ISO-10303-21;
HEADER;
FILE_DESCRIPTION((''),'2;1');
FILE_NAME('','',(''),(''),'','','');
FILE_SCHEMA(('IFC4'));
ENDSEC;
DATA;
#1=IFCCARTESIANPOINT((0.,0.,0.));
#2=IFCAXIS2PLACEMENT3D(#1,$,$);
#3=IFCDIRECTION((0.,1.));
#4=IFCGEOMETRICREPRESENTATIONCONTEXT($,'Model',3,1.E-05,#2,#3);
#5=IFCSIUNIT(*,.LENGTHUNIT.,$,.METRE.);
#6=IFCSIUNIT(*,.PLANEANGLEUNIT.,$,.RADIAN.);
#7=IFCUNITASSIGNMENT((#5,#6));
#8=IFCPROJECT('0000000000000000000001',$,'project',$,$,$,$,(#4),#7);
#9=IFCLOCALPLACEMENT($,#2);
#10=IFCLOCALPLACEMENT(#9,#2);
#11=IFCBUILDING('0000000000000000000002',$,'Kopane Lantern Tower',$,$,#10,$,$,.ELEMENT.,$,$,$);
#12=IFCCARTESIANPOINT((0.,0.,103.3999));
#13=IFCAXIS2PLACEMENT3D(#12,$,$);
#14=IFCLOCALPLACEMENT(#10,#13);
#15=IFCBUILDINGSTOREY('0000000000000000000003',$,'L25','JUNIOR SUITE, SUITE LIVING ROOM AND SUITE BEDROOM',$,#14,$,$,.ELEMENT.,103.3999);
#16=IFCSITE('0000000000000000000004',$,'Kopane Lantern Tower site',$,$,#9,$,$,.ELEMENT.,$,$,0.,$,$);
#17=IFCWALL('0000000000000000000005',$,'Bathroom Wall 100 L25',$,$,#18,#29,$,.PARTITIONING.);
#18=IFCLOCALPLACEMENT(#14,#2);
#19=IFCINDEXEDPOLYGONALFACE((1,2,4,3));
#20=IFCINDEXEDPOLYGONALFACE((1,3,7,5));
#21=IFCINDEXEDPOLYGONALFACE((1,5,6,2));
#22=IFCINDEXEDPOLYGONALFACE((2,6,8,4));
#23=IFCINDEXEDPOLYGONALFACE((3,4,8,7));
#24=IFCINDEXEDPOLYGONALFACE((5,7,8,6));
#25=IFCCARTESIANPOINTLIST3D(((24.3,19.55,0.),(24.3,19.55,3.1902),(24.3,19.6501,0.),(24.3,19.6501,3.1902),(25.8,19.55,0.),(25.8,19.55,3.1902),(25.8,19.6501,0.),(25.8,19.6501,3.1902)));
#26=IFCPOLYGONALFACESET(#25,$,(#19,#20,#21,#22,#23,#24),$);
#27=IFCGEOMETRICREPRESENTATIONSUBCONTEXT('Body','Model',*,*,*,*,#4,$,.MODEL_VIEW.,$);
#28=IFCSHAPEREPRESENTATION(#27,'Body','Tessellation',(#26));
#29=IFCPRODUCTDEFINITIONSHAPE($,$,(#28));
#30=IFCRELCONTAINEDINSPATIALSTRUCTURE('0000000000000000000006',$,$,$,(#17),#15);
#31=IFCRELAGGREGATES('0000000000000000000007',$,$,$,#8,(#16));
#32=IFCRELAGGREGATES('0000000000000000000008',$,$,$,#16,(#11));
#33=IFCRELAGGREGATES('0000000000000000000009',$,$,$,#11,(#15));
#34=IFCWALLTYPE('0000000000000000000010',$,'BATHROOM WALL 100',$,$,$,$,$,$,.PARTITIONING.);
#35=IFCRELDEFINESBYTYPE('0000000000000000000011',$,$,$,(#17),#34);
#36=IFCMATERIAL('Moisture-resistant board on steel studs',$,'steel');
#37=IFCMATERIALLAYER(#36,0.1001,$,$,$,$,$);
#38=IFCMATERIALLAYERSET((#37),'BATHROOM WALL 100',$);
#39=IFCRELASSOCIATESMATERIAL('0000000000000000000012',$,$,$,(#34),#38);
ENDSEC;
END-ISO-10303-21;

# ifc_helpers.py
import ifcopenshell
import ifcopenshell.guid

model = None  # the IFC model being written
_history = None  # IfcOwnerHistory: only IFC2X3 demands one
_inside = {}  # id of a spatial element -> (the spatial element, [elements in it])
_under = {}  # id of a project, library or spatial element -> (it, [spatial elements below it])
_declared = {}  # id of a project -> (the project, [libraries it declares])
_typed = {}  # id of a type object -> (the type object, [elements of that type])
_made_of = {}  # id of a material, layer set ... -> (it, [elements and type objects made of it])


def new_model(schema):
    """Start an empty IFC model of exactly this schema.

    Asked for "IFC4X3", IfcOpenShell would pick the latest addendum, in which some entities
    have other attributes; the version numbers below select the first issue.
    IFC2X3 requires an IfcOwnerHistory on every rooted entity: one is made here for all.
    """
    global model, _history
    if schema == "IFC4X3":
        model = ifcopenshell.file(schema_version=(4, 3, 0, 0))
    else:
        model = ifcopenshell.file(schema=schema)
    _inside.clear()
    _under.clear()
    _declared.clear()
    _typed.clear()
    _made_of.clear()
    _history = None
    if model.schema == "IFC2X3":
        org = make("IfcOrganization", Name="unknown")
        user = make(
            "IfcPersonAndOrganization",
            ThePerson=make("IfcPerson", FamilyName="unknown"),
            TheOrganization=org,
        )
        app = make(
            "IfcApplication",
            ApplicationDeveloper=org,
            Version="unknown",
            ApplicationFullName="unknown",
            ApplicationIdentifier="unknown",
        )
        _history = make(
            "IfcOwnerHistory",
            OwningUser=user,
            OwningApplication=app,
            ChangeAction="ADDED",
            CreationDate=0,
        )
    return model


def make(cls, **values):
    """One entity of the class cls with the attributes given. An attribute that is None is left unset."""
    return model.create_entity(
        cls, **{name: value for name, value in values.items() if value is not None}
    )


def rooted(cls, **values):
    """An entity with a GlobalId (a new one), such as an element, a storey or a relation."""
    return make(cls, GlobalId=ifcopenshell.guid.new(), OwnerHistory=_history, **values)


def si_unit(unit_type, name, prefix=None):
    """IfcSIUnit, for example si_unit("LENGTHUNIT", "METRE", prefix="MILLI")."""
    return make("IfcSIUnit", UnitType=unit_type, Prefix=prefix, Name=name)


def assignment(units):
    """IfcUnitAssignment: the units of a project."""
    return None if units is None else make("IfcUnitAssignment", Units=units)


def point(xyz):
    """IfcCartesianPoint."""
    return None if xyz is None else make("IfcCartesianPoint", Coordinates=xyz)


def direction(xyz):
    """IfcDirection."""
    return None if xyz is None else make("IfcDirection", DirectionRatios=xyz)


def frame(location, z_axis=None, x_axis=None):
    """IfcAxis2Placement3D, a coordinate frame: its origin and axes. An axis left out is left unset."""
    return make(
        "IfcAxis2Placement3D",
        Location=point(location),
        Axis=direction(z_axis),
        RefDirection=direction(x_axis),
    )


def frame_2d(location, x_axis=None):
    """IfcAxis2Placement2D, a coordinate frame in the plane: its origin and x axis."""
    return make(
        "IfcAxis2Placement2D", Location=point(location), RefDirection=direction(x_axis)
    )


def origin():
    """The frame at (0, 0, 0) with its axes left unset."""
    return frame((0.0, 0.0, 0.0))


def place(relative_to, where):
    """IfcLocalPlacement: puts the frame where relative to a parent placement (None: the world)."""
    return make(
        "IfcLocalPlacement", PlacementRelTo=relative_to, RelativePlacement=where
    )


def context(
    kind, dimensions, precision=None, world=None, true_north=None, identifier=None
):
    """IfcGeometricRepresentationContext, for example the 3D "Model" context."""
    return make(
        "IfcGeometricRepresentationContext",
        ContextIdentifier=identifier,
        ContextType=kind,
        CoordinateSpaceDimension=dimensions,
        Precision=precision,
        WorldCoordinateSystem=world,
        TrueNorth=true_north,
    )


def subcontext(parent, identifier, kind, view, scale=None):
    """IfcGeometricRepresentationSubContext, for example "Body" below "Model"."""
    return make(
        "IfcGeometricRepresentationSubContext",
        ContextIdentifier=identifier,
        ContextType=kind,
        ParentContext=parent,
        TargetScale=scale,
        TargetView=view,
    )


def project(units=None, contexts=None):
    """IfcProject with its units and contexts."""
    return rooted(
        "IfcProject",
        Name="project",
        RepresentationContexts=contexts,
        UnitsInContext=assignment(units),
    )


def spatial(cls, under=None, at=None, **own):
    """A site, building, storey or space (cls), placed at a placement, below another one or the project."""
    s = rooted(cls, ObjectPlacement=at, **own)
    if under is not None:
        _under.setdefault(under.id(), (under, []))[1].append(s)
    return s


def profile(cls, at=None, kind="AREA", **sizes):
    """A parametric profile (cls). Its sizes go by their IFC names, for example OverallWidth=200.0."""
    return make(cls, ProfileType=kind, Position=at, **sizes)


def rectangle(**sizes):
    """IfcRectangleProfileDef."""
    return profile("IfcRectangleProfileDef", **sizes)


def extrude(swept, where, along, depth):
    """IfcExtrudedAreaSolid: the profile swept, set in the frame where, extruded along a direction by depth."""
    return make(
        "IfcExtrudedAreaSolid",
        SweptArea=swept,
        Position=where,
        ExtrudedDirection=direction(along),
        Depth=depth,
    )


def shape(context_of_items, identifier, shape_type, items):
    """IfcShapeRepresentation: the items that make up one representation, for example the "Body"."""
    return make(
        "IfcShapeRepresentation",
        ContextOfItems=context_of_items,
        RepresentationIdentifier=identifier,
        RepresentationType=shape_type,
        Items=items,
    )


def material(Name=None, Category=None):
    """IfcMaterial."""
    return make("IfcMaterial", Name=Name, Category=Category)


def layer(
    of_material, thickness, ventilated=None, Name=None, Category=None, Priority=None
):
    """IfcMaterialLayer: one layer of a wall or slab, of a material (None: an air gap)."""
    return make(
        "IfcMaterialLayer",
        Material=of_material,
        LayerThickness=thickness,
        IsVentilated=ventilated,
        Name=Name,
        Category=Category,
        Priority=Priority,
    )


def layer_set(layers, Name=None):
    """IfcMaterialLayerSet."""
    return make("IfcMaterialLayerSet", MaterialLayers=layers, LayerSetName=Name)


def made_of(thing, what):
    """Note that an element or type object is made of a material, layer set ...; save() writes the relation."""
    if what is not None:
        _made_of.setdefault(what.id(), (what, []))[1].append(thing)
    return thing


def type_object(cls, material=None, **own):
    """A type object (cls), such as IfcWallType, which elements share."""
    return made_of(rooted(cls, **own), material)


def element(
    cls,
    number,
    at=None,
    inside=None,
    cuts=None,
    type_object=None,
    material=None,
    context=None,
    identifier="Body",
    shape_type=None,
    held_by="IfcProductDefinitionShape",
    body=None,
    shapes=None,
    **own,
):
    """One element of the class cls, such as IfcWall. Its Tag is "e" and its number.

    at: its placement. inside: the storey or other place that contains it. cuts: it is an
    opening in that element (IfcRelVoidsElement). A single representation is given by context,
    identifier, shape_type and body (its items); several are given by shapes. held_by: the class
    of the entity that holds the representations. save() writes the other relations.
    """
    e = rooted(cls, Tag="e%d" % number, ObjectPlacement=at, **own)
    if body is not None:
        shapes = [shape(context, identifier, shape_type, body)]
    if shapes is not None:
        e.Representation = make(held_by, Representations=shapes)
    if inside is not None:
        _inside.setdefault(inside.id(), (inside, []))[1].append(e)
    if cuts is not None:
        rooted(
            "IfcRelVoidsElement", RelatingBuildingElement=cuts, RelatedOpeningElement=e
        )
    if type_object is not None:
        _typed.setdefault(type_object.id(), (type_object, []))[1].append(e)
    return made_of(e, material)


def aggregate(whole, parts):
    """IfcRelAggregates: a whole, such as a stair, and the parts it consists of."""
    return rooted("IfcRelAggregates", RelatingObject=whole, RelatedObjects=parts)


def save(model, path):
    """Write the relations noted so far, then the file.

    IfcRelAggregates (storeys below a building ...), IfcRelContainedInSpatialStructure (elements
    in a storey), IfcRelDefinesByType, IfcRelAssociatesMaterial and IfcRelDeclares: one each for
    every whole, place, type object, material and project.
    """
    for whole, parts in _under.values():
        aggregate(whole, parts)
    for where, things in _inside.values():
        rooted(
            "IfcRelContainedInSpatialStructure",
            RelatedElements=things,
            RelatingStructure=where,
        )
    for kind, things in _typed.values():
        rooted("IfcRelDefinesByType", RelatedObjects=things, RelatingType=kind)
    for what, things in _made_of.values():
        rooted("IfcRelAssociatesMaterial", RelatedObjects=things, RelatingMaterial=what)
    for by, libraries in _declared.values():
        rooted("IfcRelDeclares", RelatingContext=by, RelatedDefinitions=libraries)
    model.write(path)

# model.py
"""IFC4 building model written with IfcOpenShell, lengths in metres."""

from ifc_helpers import new_model, si_unit, direction, frame, frame_2d, origin, place, context, subcontext, project, spatial, rectangle, extrude, material, layer, layer_set, type_object, element, save


model = new_model("IFC4")

# Units and contexts
model_context = context("Model", 3, precision=1e-05, world=origin(), true_north=direction((0.0, 1.0)))
body_context = subcontext(model_context, "Body", "Model", "MODEL_VIEW")
ifc_project = project(units=[si_unit("LENGTHUNIT", "METRE"), si_unit("PLANEANGLEUNIT", "RADIAN")], contexts=[model_context])

# Site, building, storey
site_placement = place(None, origin())
site = spatial("IfcSite", under=ifc_project, at=site_placement, Name="Kopane Lantern Tower site", CompositionType="ELEMENT", RefElevation=0.0)
building_placement = place(site_placement, origin())
building = spatial("IfcBuilding", under=site, at=building_placement, Name="Kopane Lantern Tower", CompositionType="ELEMENT")
storey_placement = place(building_placement, frame((0.0, 0.0, 103.3999)))
storey = spatial("IfcBuildingStorey", under=building, at=storey_placement, Name="L25", Description="JUNIOR SUITE, SUITE LIVING ROOM AND SUITE BEDROOM", CompositionType="ELEMENT", Elevation=103.3999)

# Wall
ifc_material_1 = material(Name="Moisture-resistant board on steel studs", Category="steel")
ifc_layer_1 = layer(ifc_material_1, 0.1001)
ifc_layer_set_1 = layer_set([ifc_layer_1], Name="BATHROOM WALL 100")
wall_type_1 = type_object("IfcWallType", Name="BATHROOM WALL 100", PredefinedType="PARTITIONING", material=ifc_layer_set_1)
wall_1_placement = place(storey_placement, frame((24.3, 19.6001, 0.0), z_axis=(0.0, 0.0, 1.0), x_axis=(1.0, 0.0, 0.0)))
element("IfcWall", 1, at=wall_1_placement, inside=storey, type_object=wall_type_1, Name="Bathroom Wall 100 L25", PredefinedType="PARTITIONING", context=body_context, shape_type="SweptSolid", body=[
    extrude(rectangle(XDim=1.5, YDim=0.1001, at=frame_2d((0.75, 0.0))), origin(), (0.0, 0.0, 1.0), 3.1902),
])

save(model, "model.ifc")
